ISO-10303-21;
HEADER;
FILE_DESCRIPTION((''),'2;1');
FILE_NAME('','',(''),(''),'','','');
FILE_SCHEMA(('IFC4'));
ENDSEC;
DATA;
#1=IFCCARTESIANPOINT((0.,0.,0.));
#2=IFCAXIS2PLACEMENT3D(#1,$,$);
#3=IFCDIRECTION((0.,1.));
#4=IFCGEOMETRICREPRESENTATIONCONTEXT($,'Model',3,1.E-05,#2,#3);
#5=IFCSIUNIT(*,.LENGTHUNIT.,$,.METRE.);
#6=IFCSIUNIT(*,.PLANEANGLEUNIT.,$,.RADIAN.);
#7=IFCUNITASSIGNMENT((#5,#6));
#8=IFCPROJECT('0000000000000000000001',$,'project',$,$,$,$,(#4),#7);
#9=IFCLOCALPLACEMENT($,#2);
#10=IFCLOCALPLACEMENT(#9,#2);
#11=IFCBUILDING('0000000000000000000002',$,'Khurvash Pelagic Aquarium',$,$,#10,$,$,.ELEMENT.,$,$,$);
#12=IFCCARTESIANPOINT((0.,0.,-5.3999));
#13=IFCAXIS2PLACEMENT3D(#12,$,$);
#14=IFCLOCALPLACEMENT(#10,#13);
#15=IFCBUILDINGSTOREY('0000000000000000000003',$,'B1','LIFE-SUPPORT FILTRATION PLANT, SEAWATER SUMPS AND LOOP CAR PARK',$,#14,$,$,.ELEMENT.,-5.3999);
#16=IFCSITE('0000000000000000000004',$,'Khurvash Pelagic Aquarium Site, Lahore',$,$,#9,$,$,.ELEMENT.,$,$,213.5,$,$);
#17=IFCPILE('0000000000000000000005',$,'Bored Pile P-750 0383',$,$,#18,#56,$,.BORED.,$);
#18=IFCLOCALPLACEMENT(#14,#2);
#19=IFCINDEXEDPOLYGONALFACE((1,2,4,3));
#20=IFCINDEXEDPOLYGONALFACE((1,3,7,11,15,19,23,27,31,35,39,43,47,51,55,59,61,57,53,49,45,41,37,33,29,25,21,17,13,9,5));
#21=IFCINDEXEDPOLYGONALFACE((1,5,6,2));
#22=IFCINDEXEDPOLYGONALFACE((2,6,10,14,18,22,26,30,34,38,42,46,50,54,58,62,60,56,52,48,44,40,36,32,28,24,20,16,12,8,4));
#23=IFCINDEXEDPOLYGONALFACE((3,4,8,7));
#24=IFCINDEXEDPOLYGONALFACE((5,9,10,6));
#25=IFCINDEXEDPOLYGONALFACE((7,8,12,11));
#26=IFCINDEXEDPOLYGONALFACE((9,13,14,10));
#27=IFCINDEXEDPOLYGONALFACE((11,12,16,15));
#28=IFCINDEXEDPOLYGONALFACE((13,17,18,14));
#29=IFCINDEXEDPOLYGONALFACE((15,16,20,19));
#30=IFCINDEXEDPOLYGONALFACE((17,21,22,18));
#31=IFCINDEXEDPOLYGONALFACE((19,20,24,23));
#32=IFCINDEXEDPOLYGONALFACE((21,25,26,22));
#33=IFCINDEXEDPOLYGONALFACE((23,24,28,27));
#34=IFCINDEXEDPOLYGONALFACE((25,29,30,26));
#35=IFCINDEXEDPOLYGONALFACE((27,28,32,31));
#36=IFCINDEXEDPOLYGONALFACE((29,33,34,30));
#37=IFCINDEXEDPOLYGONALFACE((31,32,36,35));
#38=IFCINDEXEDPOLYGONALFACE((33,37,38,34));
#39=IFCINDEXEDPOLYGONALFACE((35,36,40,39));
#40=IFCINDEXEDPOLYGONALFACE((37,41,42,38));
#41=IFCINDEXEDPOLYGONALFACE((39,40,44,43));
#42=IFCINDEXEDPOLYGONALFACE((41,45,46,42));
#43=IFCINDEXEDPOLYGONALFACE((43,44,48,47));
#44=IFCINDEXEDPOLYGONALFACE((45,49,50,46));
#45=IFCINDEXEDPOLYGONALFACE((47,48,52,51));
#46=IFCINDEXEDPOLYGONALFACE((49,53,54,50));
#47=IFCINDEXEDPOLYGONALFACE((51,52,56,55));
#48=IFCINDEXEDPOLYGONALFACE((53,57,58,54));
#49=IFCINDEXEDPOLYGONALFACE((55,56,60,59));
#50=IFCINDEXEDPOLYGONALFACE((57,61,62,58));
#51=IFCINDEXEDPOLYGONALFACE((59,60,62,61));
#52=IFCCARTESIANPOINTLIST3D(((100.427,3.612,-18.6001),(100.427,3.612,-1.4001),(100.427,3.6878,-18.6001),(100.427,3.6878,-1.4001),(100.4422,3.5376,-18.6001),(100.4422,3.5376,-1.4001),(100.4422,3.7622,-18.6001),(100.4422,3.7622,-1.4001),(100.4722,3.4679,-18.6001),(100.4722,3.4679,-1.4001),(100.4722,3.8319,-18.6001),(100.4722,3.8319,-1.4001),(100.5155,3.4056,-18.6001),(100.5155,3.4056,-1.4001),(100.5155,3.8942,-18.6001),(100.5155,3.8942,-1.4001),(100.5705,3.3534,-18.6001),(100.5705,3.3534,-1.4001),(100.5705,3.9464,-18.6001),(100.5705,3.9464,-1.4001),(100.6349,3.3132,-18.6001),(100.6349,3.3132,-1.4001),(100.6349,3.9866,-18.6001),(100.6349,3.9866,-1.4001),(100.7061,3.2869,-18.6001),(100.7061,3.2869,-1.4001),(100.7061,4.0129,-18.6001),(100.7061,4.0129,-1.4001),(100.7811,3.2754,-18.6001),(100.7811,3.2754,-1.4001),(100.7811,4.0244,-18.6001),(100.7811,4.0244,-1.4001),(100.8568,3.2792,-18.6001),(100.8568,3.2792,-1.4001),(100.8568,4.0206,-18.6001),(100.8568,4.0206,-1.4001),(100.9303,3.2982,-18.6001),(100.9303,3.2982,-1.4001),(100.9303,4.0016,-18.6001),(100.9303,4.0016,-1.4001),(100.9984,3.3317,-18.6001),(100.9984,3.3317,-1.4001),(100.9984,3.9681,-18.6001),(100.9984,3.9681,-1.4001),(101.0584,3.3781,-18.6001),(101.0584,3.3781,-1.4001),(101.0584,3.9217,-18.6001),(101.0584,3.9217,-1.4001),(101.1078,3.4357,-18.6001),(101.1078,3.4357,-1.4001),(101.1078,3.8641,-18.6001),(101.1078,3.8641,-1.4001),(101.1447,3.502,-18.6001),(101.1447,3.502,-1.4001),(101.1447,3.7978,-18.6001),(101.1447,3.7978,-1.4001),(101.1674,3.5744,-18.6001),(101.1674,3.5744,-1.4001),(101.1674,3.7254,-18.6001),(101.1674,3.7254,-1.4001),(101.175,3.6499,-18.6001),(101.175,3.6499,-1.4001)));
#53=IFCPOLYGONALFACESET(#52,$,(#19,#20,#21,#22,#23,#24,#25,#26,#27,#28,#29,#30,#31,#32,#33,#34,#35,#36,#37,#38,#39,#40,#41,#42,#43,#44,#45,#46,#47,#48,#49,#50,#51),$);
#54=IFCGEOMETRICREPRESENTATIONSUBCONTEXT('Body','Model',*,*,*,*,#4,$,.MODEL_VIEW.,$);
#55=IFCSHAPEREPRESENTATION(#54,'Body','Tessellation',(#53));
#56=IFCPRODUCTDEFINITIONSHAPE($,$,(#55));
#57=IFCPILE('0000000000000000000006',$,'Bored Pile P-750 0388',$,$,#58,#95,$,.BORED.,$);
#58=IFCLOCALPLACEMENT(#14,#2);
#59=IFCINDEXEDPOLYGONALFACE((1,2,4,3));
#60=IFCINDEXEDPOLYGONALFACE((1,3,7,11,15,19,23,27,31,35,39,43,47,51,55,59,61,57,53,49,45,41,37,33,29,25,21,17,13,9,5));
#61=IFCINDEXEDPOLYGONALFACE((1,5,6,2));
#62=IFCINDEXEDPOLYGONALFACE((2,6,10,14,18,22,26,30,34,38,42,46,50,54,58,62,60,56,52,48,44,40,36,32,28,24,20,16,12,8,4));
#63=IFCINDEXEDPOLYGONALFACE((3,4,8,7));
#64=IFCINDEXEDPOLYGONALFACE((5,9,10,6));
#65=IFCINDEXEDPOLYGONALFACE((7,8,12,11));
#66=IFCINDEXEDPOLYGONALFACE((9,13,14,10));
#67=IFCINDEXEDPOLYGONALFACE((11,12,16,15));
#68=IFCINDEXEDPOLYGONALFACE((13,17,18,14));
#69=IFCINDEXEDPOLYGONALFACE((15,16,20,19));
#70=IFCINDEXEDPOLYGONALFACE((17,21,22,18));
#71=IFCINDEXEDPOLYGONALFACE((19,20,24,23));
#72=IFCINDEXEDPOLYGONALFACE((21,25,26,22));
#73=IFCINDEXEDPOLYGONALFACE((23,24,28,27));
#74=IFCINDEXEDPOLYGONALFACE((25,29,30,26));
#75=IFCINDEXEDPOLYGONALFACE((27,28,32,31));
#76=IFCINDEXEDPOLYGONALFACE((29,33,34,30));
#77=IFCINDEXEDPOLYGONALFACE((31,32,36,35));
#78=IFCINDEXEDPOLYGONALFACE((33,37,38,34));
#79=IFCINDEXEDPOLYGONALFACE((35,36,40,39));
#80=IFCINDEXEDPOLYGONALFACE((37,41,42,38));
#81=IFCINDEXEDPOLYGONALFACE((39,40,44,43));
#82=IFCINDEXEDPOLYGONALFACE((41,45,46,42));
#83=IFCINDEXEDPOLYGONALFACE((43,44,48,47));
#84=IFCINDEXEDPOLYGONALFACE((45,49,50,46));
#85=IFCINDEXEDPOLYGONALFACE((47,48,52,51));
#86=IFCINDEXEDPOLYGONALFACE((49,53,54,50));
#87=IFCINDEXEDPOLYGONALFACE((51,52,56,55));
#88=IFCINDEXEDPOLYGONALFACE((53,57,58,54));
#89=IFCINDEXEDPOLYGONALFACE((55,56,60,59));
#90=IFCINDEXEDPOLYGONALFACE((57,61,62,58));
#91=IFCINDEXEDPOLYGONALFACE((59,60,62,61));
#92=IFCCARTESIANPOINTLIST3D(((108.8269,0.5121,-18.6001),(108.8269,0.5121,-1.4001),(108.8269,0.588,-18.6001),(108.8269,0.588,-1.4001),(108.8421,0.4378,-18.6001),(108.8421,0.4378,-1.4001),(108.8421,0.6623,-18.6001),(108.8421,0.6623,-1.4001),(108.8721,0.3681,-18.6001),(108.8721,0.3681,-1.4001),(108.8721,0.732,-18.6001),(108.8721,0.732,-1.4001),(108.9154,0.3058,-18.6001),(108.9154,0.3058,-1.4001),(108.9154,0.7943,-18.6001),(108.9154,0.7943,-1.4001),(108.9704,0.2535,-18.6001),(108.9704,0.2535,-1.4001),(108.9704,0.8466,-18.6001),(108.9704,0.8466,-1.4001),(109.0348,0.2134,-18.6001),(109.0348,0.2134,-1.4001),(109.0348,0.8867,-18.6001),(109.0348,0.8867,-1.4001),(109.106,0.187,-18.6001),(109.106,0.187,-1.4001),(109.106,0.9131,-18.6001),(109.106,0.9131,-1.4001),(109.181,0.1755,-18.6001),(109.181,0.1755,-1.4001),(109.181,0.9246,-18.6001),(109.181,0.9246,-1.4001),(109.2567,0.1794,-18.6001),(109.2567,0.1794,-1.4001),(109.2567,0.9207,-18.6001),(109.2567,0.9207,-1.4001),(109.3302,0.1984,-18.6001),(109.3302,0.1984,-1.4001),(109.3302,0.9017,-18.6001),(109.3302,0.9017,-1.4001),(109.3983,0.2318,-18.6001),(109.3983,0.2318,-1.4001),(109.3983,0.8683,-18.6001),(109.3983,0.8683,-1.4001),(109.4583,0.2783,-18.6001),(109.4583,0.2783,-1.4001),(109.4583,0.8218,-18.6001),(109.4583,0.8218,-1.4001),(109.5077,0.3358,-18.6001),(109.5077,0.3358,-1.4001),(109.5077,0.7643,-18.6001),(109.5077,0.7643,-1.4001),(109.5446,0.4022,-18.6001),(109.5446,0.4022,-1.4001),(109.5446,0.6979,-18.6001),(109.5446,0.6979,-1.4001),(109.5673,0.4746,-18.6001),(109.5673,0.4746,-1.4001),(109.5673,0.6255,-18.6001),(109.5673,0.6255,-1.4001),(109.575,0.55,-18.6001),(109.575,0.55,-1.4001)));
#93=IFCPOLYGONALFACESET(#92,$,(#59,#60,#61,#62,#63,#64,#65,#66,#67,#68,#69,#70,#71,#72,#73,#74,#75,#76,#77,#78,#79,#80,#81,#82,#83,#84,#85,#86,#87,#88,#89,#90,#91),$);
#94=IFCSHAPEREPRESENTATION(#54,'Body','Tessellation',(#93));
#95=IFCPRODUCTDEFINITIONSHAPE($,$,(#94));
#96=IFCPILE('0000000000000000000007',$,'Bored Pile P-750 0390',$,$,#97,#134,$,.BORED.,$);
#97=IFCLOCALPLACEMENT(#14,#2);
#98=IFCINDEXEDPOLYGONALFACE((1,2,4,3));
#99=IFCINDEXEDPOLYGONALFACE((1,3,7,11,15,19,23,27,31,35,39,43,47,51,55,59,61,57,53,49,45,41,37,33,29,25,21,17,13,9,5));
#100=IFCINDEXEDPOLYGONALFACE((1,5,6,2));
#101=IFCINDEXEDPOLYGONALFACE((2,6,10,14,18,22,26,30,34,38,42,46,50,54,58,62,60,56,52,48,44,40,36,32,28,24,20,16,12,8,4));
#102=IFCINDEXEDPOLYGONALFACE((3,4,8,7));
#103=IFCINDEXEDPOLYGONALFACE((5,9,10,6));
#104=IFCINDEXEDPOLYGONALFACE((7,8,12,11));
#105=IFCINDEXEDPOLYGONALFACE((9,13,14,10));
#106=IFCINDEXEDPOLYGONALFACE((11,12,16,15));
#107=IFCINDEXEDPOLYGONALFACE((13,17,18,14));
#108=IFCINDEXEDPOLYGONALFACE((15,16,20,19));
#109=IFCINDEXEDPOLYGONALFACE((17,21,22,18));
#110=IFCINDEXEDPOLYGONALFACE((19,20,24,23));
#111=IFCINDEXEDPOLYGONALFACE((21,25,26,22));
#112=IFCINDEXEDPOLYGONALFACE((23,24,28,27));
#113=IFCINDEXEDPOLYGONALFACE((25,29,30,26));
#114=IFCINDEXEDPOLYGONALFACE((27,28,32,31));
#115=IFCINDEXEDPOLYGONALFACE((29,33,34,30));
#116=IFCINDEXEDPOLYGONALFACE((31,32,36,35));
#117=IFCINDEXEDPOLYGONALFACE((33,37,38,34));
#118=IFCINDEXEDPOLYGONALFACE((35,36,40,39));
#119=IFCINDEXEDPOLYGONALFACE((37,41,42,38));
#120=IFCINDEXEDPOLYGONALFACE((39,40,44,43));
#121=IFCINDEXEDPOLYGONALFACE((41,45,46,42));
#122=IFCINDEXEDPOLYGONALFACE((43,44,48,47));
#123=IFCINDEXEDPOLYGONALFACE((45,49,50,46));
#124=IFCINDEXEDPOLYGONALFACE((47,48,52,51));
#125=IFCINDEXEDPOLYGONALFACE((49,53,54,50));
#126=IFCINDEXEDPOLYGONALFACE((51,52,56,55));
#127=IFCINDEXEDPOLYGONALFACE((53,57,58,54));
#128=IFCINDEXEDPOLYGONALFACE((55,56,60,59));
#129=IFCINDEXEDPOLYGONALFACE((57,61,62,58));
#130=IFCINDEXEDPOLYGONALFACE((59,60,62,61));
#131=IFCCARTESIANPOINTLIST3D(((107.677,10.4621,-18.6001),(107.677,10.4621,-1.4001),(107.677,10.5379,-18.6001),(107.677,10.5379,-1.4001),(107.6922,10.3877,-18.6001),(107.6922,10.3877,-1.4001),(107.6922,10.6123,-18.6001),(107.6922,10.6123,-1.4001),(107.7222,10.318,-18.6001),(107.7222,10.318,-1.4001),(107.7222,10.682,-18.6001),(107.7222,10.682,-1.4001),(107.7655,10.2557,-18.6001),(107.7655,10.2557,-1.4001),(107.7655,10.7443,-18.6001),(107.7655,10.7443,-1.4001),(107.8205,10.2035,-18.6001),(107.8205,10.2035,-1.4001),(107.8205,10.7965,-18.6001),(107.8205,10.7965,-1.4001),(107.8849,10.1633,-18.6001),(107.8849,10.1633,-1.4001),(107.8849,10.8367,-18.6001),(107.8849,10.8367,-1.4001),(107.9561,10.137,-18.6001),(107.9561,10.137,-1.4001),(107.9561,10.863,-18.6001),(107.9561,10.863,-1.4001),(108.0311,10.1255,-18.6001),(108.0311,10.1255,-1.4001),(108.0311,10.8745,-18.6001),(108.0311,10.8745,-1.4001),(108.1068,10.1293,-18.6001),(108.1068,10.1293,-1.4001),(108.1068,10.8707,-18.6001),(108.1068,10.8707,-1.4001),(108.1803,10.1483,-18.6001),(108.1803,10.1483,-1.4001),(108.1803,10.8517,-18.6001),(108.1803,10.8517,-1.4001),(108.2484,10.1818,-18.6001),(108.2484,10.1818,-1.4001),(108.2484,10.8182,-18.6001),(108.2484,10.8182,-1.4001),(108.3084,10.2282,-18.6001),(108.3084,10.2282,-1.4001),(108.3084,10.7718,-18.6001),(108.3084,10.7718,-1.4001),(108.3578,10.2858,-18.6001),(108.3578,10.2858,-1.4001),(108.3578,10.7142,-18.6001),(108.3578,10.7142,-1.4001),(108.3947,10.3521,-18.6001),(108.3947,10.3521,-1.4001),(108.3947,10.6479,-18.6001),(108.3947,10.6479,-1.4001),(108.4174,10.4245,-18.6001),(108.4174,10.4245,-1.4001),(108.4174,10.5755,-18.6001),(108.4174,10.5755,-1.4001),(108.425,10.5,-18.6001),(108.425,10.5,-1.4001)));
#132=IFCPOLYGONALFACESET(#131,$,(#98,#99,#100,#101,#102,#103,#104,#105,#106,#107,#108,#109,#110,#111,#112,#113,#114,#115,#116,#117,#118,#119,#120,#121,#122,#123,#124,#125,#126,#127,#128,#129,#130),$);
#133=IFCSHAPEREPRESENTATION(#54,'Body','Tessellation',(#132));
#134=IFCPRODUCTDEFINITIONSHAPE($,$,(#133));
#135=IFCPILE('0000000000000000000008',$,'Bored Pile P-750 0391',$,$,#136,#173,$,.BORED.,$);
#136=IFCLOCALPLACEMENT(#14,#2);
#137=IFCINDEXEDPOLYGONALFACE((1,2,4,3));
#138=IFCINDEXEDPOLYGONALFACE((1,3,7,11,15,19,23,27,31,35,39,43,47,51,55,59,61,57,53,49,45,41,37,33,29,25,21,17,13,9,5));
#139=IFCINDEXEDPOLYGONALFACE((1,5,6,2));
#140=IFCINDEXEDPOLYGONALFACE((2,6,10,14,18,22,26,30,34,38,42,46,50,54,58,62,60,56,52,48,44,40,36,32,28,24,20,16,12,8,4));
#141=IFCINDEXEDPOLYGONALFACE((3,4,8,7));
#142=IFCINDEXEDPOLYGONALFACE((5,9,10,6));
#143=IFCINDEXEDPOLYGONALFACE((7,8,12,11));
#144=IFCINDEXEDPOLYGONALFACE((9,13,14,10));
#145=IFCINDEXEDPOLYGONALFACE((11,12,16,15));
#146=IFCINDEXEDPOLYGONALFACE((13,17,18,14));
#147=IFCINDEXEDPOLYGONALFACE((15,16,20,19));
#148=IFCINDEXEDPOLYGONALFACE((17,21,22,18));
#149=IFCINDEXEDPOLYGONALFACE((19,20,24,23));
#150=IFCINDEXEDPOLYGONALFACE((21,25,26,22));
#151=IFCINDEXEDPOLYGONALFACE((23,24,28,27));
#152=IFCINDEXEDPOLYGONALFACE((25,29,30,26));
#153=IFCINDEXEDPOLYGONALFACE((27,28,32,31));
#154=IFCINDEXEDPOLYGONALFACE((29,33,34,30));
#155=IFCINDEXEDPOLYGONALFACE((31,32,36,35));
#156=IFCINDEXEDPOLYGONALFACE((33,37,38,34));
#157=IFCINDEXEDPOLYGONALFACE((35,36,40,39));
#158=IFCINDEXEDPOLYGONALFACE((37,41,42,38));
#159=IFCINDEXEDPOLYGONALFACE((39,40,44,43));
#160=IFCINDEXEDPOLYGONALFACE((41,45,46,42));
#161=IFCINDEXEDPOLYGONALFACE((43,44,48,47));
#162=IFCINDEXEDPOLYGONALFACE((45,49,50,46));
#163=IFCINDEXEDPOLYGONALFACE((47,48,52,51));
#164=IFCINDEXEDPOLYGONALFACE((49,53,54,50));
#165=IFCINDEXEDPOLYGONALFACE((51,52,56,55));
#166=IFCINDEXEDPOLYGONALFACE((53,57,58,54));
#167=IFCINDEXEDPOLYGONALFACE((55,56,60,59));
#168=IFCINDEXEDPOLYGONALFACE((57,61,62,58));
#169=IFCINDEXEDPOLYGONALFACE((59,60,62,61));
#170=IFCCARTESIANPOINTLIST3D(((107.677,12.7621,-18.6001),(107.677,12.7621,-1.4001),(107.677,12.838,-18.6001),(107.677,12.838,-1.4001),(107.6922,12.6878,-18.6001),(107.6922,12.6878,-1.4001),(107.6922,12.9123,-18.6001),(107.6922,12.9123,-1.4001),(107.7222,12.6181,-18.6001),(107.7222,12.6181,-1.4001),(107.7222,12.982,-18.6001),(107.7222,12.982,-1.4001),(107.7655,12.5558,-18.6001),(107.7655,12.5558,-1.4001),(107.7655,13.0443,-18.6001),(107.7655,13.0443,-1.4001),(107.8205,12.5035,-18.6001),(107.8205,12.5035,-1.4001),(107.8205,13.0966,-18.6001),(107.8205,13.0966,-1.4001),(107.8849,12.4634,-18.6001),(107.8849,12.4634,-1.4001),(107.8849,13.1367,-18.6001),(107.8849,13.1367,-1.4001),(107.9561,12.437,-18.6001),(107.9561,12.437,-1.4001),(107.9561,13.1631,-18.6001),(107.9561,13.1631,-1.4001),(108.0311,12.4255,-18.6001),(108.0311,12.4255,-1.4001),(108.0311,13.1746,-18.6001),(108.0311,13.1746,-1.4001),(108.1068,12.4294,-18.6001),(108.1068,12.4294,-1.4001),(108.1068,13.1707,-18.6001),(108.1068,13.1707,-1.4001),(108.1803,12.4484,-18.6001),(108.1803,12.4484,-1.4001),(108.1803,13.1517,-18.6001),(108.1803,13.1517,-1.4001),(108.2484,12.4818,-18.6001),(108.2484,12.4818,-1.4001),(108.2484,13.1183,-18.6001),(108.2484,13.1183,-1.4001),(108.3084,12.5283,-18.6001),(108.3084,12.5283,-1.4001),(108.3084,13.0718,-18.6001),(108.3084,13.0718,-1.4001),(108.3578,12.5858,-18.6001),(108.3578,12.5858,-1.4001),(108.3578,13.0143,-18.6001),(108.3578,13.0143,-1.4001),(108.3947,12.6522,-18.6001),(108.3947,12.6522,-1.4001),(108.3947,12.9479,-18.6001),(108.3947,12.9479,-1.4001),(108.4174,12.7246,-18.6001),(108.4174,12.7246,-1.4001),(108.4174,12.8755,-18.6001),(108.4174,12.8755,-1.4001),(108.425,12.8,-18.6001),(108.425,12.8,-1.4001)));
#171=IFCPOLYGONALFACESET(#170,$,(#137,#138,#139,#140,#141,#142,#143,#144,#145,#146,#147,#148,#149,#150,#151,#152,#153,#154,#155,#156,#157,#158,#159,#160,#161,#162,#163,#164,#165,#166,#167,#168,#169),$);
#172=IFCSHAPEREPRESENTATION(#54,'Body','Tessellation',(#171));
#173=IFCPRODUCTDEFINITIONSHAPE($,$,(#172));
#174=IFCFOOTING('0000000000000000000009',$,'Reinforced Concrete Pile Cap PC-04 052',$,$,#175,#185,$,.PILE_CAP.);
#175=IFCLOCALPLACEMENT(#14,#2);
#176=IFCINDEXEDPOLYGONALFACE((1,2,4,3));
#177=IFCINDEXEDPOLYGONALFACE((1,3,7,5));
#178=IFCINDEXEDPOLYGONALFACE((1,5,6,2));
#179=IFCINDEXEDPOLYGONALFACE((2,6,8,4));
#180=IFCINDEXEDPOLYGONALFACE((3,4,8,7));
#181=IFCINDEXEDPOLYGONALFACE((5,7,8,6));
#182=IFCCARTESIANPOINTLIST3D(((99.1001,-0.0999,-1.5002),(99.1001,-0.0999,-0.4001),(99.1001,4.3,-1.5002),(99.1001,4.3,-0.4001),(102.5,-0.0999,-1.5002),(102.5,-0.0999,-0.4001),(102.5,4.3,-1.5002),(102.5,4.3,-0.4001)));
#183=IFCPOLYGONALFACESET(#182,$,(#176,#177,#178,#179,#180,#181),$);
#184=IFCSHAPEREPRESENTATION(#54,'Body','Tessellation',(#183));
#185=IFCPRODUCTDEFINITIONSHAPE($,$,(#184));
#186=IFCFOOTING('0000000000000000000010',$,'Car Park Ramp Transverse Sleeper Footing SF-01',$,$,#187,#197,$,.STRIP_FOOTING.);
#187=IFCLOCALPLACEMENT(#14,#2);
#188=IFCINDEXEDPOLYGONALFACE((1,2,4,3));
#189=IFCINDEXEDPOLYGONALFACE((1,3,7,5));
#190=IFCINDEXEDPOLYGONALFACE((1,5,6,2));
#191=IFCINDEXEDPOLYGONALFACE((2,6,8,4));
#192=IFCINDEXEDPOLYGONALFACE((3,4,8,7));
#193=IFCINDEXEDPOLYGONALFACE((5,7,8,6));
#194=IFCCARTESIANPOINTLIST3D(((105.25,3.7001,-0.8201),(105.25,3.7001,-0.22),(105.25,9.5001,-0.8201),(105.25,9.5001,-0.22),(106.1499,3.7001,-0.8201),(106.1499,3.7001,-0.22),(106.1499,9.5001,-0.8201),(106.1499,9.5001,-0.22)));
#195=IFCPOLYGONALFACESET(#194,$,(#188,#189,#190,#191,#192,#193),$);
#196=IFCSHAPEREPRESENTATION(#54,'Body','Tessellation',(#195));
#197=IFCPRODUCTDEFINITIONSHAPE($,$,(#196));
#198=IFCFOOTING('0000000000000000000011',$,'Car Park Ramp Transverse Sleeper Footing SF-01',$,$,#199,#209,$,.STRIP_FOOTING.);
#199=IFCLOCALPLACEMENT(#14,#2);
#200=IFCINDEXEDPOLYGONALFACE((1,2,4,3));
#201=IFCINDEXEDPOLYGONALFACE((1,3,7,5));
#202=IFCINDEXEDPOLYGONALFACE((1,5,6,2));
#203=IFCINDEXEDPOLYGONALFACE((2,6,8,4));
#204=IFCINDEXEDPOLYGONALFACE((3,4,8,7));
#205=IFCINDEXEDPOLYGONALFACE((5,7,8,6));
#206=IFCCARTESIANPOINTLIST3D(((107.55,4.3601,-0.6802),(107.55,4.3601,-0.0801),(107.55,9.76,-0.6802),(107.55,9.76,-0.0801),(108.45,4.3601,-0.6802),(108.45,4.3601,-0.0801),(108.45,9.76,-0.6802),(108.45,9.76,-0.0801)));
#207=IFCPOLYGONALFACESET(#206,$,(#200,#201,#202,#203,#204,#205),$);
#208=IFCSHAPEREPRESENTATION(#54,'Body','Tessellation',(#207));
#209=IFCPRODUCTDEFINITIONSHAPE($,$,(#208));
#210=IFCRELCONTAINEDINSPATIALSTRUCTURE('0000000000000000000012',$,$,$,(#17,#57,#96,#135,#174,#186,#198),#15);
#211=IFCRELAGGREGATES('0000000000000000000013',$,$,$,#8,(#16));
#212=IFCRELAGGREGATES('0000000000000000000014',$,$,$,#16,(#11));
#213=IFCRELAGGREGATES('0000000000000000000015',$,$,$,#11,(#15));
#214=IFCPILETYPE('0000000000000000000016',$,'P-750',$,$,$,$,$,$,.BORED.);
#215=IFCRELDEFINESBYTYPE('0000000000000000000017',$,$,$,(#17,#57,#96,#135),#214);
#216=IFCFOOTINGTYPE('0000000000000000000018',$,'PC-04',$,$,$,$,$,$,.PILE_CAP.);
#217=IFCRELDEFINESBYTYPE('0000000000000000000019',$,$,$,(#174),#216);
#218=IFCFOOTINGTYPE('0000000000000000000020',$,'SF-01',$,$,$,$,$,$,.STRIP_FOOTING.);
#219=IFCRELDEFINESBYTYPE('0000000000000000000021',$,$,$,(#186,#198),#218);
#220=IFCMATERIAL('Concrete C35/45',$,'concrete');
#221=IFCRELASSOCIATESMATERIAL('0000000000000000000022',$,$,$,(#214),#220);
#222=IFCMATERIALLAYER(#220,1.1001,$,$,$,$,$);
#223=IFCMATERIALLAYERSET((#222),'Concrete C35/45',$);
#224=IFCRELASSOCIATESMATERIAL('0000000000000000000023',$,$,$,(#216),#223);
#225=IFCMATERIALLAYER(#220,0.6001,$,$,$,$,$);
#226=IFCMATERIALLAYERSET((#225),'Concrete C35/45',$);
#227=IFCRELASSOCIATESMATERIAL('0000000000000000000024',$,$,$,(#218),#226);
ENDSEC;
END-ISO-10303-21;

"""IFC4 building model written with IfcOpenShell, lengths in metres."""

from ifc_helpers import new_model, si_unit, direction, frame, origin, origin_2d, place, context, subcontext, project, spatial, rectangle, circle, extrude, material, layer, layer_set, material_profile, profile_set, type_object, element, save


model = new_model("IFC4")

# Units and contexts
model_context = context("Model", 3, precision=1e-05, world=origin(), true_north=direction((0.0, 1.0)))
body_context = subcontext(model_context, "Body", "Model", "MODEL_VIEW")
ifc_project = project(units=[si_unit("LENGTHUNIT", "METRE"), si_unit("PLANEANGLEUNIT", "RADIAN")], contexts=[model_context])

# Site, building, storey
site_placement = place(None, origin())
site = spatial("IfcSite", under=ifc_project, at=site_placement, Name="Khurvash Pelagic Aquarium Site, Lahore", CompositionType="ELEMENT", RefElevation=213.5)
building_placement = place(site_placement, origin())
building = spatial("IfcBuilding", under=site, at=building_placement, Name="Khurvash Pelagic Aquarium", CompositionType="ELEMENT")
storey_placement = place(building_placement, frame((0.0, 0.0, -5.3999)))
storey = spatial("IfcBuildingStorey", under=building, at=storey_placement, Name="B1", Description="LIFE-SUPPORT FILTRATION PLANT, SEAWATER SUMPS AND LOOP CAR PARK", CompositionType="ELEMENT", Elevation=-5.3999)

# Shared definitions
ifc_material_1 = material(Name="Concrete C35/45", Category="concrete")

# Piles
ifc_material_profile_1 = material_profile(ifc_material_1, circle(Radius=0.375, at=origin_2d()), Name="PILE750")
ifc_profile_set_1 = profile_set([ifc_material_profile_1], Name="Concrete C35/45")
pile_type = type_object("IfcPileType", Name="P-750", PredefinedType="BORED", material=ifc_profile_set_1)
for number, where, z_axis, x_axis, name in (
    (1, (100.8, 3.6499, -1.4001), (0.0, 0.0, -1.0), (1.0, 0.0, 0.0), "Bored Pile P-750 0383"),
    (2, (109.2, 0.55, -1.4001), (0.0, 0.0, -1.0), (1.0, 0.0, 0.0), "Bored Pile P-750 0388"),
    (3, (108.05, 10.5, -1.4001), (0.0, 0.0, -1.0), (1.0, 0.0, 0.0), "Bored Pile P-750 0390"),
    (4, (108.05, 12.8, -1.4001), (0.0, 0.0, -1.0), (1.0, 0.0, 0.0), "Bored Pile P-750 0391"),
):
    element("IfcPile", number, at=place(storey_placement, frame(where, z_axis=z_axis, x_axis=x_axis)), inside=storey, type_object=pile_type, Name=name, PredefinedType="BORED", context=body_context, shape_type="SweptSolid", body=[
        extrude(circle(Radius=0.375, at=origin_2d()), origin(), (0.0, 0.0, 1.0), 17.2),
    ])

# Footings
ifc_layer_1 = layer(ifc_material_1, 1.1001)
ifc_layer_set_1 = layer_set([ifc_layer_1], Name="Concrete C35/45")
footing_type_1 = type_object("IfcFootingType", Name="PC-04", PredefinedType="PILE_CAP", material=ifc_layer_set_1)
footing_1_placement = place(storey_placement, frame((100.8, 2.1001, -1.5002), z_axis=(0.0, 0.0, 1.0), x_axis=(1.0, 0.0, 0.0)))
element("IfcFooting", 5, at=footing_1_placement, inside=storey, type_object=footing_type_1, Name="Reinforced Concrete Pile Cap PC-04 052", PredefinedType="PILE_CAP", context=body_context, shape_type="SweptSolid", body=[
    extrude(rectangle(XDim=3.3999, YDim=4.3999, at=origin_2d()), origin(), (0.0, 0.0, 1.0), 1.1001),
])
ifc_layer_2 = layer(ifc_material_1, 0.6001)
ifc_layer_set_2 = layer_set([ifc_layer_2], Name="Concrete C35/45")
footing_type_2 = type_object("IfcFootingType", Name="SF-01", PredefinedType="STRIP_FOOTING", material=ifc_layer_set_2)
footing_2_placement = place(storey_placement, frame((105.7, 6.6001, -0.8201), z_axis=(0.0, 0.0, 1.0), x_axis=(0.0, 1.0, 0.0)))
element("IfcFooting", 6, at=footing_2_placement, inside=storey, type_object=footing_type_2, Name="Car Park Ramp Transverse Sleeper Footing SF-01", PredefinedType="STRIP_FOOTING", context=body_context, shape_type="SweptSolid", body=[
    extrude(rectangle(XDim=5.8, YDim=0.8999, at=origin_2d()), origin(), (0.0, 0.0, 1.0), 0.6001),
])
footing_3_placement = place(storey_placement, frame((108.0, 7.0601, -0.6802), z_axis=(0.0, 0.0, 1.0), x_axis=(0.0, 1.0, 0.0)))
element("IfcFooting", 7, at=footing_3_placement, inside=storey, type_object=footing_type_2, Name="Car Park Ramp Transverse Sleeper Footing SF-01", PredefinedType="STRIP_FOOTING", context=body_context, shape_type="SweptSolid", body=[
    extrude(rectangle(XDim=5.3999, YDim=0.8999, at=origin_2d()), origin(), (0.0, 0.0, 1.0), 0.6001),
])

save(model, "model.ifc")
